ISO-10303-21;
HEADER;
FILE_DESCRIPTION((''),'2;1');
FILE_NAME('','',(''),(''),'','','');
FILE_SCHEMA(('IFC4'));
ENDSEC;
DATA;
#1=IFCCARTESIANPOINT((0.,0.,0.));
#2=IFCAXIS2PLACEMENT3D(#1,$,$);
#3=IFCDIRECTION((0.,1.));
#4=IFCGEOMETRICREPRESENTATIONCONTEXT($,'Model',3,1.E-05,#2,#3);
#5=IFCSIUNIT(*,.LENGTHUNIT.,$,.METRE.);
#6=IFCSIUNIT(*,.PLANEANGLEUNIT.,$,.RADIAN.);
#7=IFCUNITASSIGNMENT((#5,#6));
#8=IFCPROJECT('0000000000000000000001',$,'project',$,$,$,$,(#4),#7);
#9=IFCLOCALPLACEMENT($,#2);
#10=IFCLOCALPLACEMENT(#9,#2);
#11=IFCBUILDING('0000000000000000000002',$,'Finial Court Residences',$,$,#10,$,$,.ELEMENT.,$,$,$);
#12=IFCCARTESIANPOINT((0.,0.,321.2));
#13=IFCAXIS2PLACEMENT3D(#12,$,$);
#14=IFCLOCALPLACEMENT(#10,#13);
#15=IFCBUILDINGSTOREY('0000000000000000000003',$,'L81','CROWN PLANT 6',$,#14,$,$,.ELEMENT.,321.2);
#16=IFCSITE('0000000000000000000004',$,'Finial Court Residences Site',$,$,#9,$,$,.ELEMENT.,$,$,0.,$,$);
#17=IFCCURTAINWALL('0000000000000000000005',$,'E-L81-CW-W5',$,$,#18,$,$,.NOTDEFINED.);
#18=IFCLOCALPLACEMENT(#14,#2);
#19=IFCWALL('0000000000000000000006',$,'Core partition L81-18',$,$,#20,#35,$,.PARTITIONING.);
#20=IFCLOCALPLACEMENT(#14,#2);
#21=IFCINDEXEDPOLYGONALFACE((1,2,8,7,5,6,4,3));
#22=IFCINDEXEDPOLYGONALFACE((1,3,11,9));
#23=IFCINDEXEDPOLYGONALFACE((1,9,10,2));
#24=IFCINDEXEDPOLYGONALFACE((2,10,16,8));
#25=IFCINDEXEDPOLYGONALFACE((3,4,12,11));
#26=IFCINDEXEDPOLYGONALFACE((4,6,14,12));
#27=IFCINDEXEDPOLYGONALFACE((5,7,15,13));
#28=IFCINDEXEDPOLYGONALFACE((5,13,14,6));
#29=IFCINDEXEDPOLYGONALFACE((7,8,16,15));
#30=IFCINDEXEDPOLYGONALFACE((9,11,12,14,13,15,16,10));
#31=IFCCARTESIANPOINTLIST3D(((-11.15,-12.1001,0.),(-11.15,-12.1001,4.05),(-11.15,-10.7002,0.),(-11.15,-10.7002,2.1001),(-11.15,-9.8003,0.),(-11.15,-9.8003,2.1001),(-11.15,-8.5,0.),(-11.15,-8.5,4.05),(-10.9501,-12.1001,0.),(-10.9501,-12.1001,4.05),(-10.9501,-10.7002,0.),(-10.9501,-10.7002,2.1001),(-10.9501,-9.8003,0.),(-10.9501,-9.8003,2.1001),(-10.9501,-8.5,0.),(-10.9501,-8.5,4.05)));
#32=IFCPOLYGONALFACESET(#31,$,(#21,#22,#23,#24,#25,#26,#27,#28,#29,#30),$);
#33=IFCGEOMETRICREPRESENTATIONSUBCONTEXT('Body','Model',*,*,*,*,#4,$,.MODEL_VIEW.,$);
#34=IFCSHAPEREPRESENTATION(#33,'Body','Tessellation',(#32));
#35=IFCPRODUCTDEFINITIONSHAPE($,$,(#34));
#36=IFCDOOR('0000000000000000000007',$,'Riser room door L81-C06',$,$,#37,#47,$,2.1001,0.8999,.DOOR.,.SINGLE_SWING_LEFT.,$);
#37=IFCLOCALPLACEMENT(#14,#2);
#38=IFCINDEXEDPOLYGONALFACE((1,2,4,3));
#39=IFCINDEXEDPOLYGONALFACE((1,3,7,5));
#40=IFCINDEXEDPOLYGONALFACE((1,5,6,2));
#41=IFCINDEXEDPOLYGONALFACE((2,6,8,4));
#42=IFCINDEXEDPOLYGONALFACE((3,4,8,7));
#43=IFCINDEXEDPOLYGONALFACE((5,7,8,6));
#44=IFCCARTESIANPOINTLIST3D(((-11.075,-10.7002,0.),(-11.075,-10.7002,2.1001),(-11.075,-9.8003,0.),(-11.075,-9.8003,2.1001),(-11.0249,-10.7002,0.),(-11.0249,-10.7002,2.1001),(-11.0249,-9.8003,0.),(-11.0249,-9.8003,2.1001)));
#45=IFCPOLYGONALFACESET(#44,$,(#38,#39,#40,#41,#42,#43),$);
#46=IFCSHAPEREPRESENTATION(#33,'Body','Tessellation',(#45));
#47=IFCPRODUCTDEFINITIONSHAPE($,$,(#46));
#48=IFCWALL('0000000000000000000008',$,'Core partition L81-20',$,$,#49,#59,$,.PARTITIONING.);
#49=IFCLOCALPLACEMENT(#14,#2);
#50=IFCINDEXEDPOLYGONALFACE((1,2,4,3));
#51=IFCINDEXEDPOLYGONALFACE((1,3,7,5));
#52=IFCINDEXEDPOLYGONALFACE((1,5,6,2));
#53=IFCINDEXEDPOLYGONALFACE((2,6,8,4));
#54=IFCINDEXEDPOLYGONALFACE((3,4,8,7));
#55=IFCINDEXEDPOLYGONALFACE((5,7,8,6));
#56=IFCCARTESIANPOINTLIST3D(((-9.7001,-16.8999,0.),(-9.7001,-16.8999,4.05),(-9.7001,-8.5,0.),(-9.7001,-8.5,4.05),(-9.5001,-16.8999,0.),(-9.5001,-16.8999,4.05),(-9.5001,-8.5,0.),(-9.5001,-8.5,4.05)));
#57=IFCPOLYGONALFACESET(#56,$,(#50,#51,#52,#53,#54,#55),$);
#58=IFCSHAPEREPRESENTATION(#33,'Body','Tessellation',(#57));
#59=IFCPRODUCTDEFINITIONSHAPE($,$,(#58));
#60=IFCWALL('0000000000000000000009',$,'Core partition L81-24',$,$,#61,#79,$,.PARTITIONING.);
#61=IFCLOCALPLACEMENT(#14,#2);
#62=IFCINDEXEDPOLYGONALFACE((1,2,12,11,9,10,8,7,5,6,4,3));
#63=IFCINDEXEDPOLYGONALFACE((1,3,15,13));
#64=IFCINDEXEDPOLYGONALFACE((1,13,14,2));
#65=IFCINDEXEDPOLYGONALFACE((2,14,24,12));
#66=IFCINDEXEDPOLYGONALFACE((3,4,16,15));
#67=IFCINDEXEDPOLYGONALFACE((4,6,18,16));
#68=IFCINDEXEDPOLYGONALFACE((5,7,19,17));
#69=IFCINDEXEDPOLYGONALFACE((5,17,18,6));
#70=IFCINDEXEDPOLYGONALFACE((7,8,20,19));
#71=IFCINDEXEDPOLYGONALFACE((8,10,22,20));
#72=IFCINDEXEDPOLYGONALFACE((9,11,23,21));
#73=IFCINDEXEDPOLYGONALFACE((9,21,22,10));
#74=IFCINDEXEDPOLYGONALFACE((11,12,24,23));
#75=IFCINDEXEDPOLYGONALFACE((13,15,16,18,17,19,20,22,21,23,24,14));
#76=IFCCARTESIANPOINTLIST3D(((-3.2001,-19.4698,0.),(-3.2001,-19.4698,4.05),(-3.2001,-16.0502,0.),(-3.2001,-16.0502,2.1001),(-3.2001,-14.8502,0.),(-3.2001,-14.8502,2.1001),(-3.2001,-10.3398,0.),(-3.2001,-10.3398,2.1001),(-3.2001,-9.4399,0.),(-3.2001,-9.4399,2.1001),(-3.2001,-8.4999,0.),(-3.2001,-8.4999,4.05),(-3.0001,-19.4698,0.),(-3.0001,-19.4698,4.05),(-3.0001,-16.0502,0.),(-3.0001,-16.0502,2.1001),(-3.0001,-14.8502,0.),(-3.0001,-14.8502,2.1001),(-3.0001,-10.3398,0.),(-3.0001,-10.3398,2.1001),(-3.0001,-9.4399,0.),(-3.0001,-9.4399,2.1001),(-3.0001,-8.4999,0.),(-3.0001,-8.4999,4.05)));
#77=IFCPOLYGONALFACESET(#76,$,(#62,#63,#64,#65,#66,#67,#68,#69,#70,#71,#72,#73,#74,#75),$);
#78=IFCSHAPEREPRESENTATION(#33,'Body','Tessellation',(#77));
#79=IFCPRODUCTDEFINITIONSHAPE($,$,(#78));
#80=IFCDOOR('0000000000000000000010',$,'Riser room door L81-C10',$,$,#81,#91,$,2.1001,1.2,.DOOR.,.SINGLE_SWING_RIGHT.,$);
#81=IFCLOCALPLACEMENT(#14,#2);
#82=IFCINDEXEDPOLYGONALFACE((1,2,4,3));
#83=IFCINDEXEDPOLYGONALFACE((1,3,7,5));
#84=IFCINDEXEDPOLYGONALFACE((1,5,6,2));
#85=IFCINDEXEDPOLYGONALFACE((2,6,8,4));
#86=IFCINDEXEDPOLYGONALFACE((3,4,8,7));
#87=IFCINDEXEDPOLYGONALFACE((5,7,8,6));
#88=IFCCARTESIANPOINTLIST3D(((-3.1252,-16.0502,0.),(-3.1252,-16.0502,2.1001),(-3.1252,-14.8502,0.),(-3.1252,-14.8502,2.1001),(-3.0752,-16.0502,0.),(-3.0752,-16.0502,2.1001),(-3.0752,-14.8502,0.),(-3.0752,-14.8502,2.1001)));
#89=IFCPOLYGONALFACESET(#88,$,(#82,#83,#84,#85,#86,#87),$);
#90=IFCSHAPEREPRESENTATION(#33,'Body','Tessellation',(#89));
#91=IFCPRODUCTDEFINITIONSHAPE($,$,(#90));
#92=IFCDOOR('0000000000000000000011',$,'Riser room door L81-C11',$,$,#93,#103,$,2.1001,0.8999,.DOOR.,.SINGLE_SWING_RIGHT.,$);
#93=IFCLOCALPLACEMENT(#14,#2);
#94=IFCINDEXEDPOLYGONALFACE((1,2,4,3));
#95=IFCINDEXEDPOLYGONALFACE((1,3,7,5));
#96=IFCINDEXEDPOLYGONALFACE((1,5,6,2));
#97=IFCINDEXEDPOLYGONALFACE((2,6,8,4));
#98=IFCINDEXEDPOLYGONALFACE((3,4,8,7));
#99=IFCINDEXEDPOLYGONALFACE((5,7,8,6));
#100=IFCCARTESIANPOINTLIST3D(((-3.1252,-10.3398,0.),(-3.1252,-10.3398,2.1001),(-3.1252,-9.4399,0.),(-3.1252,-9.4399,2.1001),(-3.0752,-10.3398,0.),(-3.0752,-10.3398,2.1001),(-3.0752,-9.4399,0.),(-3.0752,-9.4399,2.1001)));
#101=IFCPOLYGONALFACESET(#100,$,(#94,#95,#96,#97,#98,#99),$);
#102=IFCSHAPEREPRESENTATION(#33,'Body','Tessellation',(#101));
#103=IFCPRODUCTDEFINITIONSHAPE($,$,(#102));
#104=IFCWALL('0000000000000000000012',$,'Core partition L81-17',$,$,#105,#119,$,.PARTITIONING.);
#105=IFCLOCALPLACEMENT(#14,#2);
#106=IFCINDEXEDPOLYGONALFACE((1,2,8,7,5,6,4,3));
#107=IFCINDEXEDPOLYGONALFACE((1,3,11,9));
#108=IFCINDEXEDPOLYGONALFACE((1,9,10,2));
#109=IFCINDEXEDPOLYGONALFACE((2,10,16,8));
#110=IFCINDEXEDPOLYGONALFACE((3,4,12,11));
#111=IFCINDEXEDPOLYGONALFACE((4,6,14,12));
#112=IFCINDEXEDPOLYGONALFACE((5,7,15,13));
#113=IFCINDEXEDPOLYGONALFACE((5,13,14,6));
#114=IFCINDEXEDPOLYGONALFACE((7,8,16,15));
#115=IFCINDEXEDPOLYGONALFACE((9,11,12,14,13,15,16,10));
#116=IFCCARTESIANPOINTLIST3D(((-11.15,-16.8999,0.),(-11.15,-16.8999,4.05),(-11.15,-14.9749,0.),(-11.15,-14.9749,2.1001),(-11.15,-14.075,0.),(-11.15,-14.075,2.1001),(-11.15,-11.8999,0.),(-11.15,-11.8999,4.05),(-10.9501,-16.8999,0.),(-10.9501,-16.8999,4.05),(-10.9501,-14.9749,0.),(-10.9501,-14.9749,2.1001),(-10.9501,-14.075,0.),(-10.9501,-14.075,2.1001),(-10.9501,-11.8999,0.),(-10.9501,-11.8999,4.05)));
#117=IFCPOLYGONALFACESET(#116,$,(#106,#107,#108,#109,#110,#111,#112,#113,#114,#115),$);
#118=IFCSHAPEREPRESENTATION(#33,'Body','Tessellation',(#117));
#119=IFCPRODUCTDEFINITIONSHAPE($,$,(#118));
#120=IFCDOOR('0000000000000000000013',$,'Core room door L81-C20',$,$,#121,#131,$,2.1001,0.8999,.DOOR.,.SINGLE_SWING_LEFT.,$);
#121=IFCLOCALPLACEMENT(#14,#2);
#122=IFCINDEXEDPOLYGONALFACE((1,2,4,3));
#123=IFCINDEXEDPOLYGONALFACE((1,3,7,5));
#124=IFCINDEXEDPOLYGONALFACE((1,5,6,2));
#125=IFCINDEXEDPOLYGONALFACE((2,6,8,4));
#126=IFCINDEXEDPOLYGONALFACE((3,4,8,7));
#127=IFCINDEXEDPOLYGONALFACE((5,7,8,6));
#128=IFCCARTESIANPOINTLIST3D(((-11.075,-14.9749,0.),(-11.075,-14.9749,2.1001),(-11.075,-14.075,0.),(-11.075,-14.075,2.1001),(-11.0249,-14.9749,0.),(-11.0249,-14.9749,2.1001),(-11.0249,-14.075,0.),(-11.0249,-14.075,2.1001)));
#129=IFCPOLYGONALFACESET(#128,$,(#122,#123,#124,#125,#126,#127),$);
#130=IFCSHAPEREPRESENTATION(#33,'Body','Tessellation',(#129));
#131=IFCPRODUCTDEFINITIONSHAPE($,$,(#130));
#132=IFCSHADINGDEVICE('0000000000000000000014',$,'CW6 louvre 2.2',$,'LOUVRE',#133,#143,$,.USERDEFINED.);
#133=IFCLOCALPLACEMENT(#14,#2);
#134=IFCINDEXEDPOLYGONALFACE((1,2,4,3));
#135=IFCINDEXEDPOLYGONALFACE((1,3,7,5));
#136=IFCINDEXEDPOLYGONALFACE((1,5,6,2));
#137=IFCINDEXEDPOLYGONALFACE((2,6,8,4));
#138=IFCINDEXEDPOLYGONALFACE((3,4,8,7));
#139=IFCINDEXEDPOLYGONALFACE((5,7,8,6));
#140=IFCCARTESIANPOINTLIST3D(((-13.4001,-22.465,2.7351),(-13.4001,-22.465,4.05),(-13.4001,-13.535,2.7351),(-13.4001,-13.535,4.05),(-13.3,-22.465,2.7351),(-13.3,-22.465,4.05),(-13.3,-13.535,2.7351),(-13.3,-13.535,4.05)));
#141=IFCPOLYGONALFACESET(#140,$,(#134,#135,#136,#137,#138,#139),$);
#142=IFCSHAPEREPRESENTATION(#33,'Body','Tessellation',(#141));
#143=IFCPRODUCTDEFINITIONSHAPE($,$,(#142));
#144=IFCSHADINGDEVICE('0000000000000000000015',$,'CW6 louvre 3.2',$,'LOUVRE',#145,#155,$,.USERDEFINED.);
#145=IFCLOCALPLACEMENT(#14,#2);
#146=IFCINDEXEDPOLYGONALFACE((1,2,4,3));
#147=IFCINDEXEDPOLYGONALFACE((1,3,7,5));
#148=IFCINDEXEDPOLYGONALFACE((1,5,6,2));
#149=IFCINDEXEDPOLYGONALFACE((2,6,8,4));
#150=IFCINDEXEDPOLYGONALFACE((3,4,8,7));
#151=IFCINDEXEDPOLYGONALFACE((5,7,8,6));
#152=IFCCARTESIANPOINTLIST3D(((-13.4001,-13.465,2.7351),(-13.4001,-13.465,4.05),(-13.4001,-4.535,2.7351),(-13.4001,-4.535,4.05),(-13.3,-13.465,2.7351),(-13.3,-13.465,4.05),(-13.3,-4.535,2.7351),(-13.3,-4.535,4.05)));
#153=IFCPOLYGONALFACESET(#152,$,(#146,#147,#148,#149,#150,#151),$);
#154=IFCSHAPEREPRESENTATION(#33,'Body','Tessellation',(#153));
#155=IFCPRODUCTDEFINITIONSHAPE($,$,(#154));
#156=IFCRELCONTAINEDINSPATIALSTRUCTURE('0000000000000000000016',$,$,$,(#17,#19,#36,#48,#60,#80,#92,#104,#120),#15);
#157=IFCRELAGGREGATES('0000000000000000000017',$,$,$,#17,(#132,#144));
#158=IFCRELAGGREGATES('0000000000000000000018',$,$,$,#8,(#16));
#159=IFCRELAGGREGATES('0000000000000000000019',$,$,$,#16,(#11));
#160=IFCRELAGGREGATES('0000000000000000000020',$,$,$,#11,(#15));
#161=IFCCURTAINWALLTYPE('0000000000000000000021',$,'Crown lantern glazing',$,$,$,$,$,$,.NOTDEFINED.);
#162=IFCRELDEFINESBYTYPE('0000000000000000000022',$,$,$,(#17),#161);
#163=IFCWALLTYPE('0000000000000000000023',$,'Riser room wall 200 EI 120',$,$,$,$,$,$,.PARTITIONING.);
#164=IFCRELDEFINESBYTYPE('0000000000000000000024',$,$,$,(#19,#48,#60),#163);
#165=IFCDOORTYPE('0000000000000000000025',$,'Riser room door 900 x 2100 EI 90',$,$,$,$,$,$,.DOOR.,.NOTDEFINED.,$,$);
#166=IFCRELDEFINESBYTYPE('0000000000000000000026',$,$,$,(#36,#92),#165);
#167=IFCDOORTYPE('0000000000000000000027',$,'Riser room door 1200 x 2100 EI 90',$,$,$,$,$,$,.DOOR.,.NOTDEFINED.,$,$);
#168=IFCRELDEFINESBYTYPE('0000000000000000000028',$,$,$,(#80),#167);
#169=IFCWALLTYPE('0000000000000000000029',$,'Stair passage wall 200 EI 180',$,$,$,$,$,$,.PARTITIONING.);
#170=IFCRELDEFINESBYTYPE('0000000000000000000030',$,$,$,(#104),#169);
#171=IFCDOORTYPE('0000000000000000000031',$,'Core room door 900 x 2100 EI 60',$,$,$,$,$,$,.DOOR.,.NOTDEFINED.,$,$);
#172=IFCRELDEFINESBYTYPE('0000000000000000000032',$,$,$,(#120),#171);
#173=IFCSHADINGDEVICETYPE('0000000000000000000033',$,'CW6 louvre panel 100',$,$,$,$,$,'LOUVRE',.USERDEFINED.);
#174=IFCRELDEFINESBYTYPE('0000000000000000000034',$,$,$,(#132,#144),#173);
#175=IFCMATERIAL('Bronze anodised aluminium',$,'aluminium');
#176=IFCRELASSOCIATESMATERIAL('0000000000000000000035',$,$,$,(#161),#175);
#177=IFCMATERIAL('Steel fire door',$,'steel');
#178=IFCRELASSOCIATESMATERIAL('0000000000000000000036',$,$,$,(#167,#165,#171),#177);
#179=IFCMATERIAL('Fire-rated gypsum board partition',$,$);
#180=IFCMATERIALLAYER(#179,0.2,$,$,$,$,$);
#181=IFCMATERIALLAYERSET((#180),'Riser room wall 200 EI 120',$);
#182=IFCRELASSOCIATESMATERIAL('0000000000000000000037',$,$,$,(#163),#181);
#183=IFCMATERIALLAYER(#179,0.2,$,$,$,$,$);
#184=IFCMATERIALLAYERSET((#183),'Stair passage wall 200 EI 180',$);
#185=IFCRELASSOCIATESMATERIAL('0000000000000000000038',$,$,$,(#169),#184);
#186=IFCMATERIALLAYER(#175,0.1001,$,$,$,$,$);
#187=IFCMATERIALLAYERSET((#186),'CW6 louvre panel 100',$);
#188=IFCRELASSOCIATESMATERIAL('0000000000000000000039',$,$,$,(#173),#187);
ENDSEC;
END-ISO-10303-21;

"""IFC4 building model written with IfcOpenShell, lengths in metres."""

from ifc_helpers import new_model, si_unit, direction, frame, frame_2d, origin, origin_2d, place, context, subcontext, project, spatial, rectangle, extrude, material, layer, layer_set, type_object, element, fill, aggregate, save


model = new_model("IFC4")

# Units and contexts
model_context = context("Model", 3, precision=1e-05, world=origin(), true_north=direction((0.0, 1.0)))
body_context = subcontext(model_context, "Body", "Model", "MODEL_VIEW")
ifc_project = project(units=[si_unit("LENGTHUNIT", "METRE"), si_unit("PLANEANGLEUNIT", "RADIAN")], contexts=[model_context])

# Site, building, storey
site_placement = place(None, origin())
site = spatial("IfcSite", under=ifc_project, at=site_placement, Name="Finial Court Residences Site", CompositionType="ELEMENT", RefElevation=0.0)
building_placement = place(site_placement, origin())
building = spatial("IfcBuilding", under=site, at=building_placement, Name="Finial Court Residences", CompositionType="ELEMENT")
storey_placement = place(building_placement, frame((0.0, 0.0, 321.2)))
storey = spatial("IfcBuildingStorey", under=building, at=storey_placement, Name="L81", Description="CROWN PLANT 6", CompositionType="ELEMENT", Elevation=321.2)

# Curtain wall
ifc_material_1 = material(Name="Bronze anodised aluminium", Category="aluminium")
curtain_wall_type = type_object("IfcCurtainWallType", Name="Crown lantern glazing", PredefinedType="NOTDEFINED", material=ifc_material_1)
curtain_wall_placement = place(storey_placement, origin())
curtain_wall = element("IfcCurtainWall", 1, at=curtain_wall_placement, inside=storey, type_object=curtain_wall_type, Name="E-L81-CW-W5", PredefinedType="NOTDEFINED")

# Shared definitions
ifc_material_2 = material(Name="Steel fire door", Category="steel")
door_type_1 = type_object("IfcDoorType", Name="Riser room door 1200 x 2100 EI 90", OperationType="NOTDEFINED", PredefinedType="DOOR", material=ifc_material_2)
door_type_2 = type_object("IfcDoorType", Name="Riser room door 900 x 2100 EI 90", OperationType="NOTDEFINED", PredefinedType="DOOR", material=ifc_material_2)

# Shared definitions
ifc_material_3 = material(Name="Fire-rated gypsum board partition")
ifc_layer_1 = layer(ifc_material_3, 0.2)
ifc_layer_set_1 = layer_set([ifc_layer_1], Name="Riser room wall 200 EI 120")
wall_type_1 = type_object("IfcWallType", Name="Riser room wall 200 EI 120", PredefinedType="PARTITIONING", material=ifc_layer_set_1)

# Wall, opening, door
wall_1_placement = place(storey_placement, frame((-11.05, -12.1001, 0.0), z_axis=(0.0, 0.0, 1.0), x_axis=(0.0, 1.0, 0.0)))
wall_1 = element("IfcWall", 2, at=wall_1_placement, inside=storey, type_object=wall_type_1, Name="Core partition L81-18", PredefinedType="PARTITIONING", context=body_context, shape_type="SweptSolid", body=[
    extrude(rectangle(XDim=3.6001, YDim=0.2, at=frame_2d((1.8, 0.0))), origin(), (0.0, 0.0, 1.0), 4.05),
])
opening_1_placement = place(wall_1_placement, frame((1.3999, 0.0, 0.0)))
opening_1 = element("IfcOpeningElement", 3, at=opening_1_placement, cuts=wall_1, PredefinedType="OPENING", context=body_context, shape_type="SweptSolid", body=[
    extrude(rectangle(XDim=0.8999, YDim=2.1001, at=frame_2d((0.45, 1.05))), frame((0.0, 0.1099, 0.0), z_axis=(0.0, -1.0, 0.0), x_axis=(1.0, 0.0, 0.0)), (0.0, 0.0, 1.0), 0.22),
])
door_1_placement = place(opening_1_placement, origin())
door_1 = element("IfcDoor", 4, at=door_1_placement, inside=storey, type_object=door_type_2, Name="Riser room door L81-C06", OperationType="SINGLE_SWING_LEFT", OverallHeight=2.1001, OverallWidth=0.8999, PredefinedType="DOOR", context=body_context, shape_type="SweptSolid", body=[
    extrude(rectangle(XDim=0.8999, YDim=2.1001, at=frame_2d((0.45, 1.05))), frame((0.0, 0.0249, 0.0), z_axis=(0.0, -1.0, 0.0), x_axis=(1.0, 0.0, 0.0)), (0.0, 0.0, 1.0), 0.05),
])
fill(opening_1, door_1)

# Wall
wall_2_placement = place(storey_placement, frame((-9.6001, -16.8999, 0.0), z_axis=(0.0, 0.0, 1.0), x_axis=(0.0, 1.0, 0.0)))
element("IfcWall", 5, at=wall_2_placement, inside=storey, type_object=wall_type_1, Name="Core partition L81-20", PredefinedType="PARTITIONING", context=body_context, shape_type="SweptSolid", body=[
    extrude(rectangle(XDim=8.3999, YDim=0.2, at=frame_2d((4.2, 0.0))), origin(), (0.0, 0.0, 1.0), 4.05),
])

# Wall, openings, doors
wall_3_placement = place(storey_placement, frame((-3.1001, -8.5, 0.0), z_axis=(0.0, 0.0, 1.0), x_axis=(0.0, -1.0, 0.0)))
wall_3 = element("IfcWall", 6, at=wall_3_placement, inside=storey, type_object=wall_type_1, Name="Core partition L81-24", PredefinedType="PARTITIONING", context=body_context, shape_type="SweptSolid", body=[
    extrude(rectangle(XDim=10.97, YDim=0.2, at=frame_2d((5.4849, 0.0))), origin(), (0.0, 0.0, 1.0), 4.05),
])
opening_2_placement = place(wall_3_placement, frame((6.3501, 0.0, 0.0)))
opening_2 = element("IfcOpeningElement", 7, at=opening_2_placement, cuts=wall_3, PredefinedType="OPENING", context=body_context, shape_type="SweptSolid", body=[
    extrude(rectangle(XDim=1.2, YDim=2.1001, at=frame_2d((0.6001, 1.05))), frame((0.0, 0.1099, 0.0), z_axis=(0.0, -1.0, 0.0), x_axis=(1.0, 0.0, 0.0)), (0.0, 0.0, 1.0), 0.22),
])
opening_3_placement = place(wall_3_placement, frame((0.9399, 0.0, 0.0)))
opening_3 = element("IfcOpeningElement", 8, at=opening_3_placement, cuts=wall_3, PredefinedType="OPENING", context=body_context, shape_type="SweptSolid", body=[
    extrude(rectangle(XDim=0.8999, YDim=2.1001, at=frame_2d((0.45, 1.05))), frame((0.0, 0.1099, 0.0), z_axis=(0.0, -1.0, 0.0), x_axis=(1.0, 0.0, 0.0)), (0.0, 0.0, 1.0), 0.22),
])
door_2_placement = place(opening_2_placement, origin())
door_2 = element("IfcDoor", 9, at=door_2_placement, inside=storey, type_object=door_type_1, Name="Riser room door L81-C10", OperationType="SINGLE_SWING_RIGHT", OverallHeight=2.1001, OverallWidth=1.2, PredefinedType="DOOR", context=body_context, shape_type="SweptSolid", body=[
    extrude(rectangle(XDim=1.2, YDim=2.1001, at=frame_2d((0.6001, 1.05))), frame((0.0, 0.0249, 0.0), z_axis=(0.0, -1.0, 0.0), x_axis=(1.0, 0.0, 0.0)), (0.0, 0.0, 1.0), 0.05),
])
fill(opening_2, door_2)
door_3_placement = place(opening_3_placement, origin())
door_3 = element("IfcDoor", 10, at=door_3_placement, inside=storey, type_object=door_type_2, Name="Riser room door L81-C11", OperationType="SINGLE_SWING_RIGHT", OverallHeight=2.1001, OverallWidth=0.8999, PredefinedType="DOOR", context=body_context, shape_type="SweptSolid", body=[
    extrude(rectangle(XDim=0.8999, YDim=2.1001, at=frame_2d((0.45, 1.05))), frame((0.0, 0.0249, 0.0), z_axis=(0.0, -1.0, 0.0), x_axis=(1.0, 0.0, 0.0)), (0.0, 0.0, 1.0), 0.05),
])
fill(opening_3, door_3)

# Wall, opening, door
ifc_layer_2 = layer(ifc_material_3, 0.2)
ifc_layer_set_2 = layer_set([ifc_layer_2], Name="Stair passage wall 200 EI 180")
wall_type_2 = type_object("IfcWallType", Name="Stair passage wall 200 EI 180", PredefinedType="PARTITIONING", material=ifc_layer_set_2)
wall_4_placement = place(storey_placement, frame((-11.05, -16.8999, 0.0), z_axis=(0.0, 0.0, 1.0), x_axis=(0.0, 1.0, 0.0)))
wall_4 = element("IfcWall", 11, at=wall_4_placement, inside=storey, type_object=wall_type_2, Name="Core partition L81-17", PredefinedType="PARTITIONING", context=body_context, shape_type="SweptSolid", body=[
    extrude(rectangle(XDim=5.0, YDim=0.2, at=frame_2d((2.5, 0.0))), origin(), (0.0, 0.0, 1.0), 4.05),
])
opening_4_placement = place(wall_4_placement, frame((1.925, 0.0, 0.0)))
opening_4 = element("IfcOpeningElement", 12, at=opening_4_placement, cuts=wall_4, PredefinedType="OPENING", context=body_context, shape_type="SweptSolid", body=[
    extrude(rectangle(XDim=0.8999, YDim=2.1001, at=frame_2d((0.45, 1.05))), frame((0.0, 0.1099, 0.0), z_axis=(0.0, -1.0, 0.0), x_axis=(1.0, 0.0, 0.0)), (0.0, 0.0, 1.0), 0.22),
])
door_type_3 = type_object("IfcDoorType", Name="Core room door 900 x 2100 EI 60", OperationType="NOTDEFINED", PredefinedType="DOOR", material=ifc_material_2)
door_4_placement = place(opening_4_placement, origin())
door_4 = element("IfcDoor", 13, at=door_4_placement, inside=storey, type_object=door_type_3, Name="Core room door L81-C20", OperationType="SINGLE_SWING_LEFT", OverallHeight=2.1001, OverallWidth=0.8999, PredefinedType="DOOR", context=body_context, shape_type="SweptSolid", body=[
    extrude(rectangle(XDim=0.8999, YDim=2.1001, at=frame_2d((0.45, 1.05))), frame((0.0, 0.0249, 0.0), z_axis=(0.0, -1.0, 0.0), x_axis=(1.0, 0.0, 0.0)), (0.0, 0.0, 1.0), 0.05),
])
fill(opening_4, door_4)

# Shading devices
ifc_layer_3 = layer(ifc_material_1, 0.1001)
ifc_layer_set_3 = layer_set([ifc_layer_3], Name="CW6 louvre panel 100")
shading_device_type = type_object("IfcShadingDeviceType", Name="CW6 louvre panel 100", ElementType="LOUVRE", PredefinedType="USERDEFINED", material=ifc_layer_set_3)
shading_device_1_placement = place(storey_placement, frame((-13.3501, -18.0, 2.7351), z_axis=(0.0, 0.0, 1.0), x_axis=(0.0, 1.0, 0.0)))
shading_device_1 = element("IfcShadingDevice", 14, at=shading_device_1_placement, type_object=shading_device_type, Name="CW6 louvre 2.2", ObjectType="LOUVRE", PredefinedType="USERDEFINED", context=body_context, shape_type="SweptSolid", body=[
    extrude(rectangle(XDim=8.9299, YDim=0.1001, at=origin_2d()), origin(), (0.0, 0.0, 1.0), 1.3149),
])
shading_device_2_placement = place(storey_placement, frame((-13.3501, -9.0, 2.7351), z_axis=(0.0, 0.0, 1.0), x_axis=(0.0, 1.0, 0.0)))
shading_device_2 = element("IfcShadingDevice", 15, at=shading_device_2_placement, type_object=shading_device_type, Name="CW6 louvre 3.2", ObjectType="LOUVRE", PredefinedType="USERDEFINED", context=body_context, shape_type="SweptSolid", body=[
    extrude(rectangle(XDim=8.9299, YDim=0.1001, at=origin_2d()), origin(), (0.0, 0.0, 1.0), 1.3149),
])
aggregate(curtain_wall, [shading_device_1, shading_device_2])

save(model, "model.ifc")
